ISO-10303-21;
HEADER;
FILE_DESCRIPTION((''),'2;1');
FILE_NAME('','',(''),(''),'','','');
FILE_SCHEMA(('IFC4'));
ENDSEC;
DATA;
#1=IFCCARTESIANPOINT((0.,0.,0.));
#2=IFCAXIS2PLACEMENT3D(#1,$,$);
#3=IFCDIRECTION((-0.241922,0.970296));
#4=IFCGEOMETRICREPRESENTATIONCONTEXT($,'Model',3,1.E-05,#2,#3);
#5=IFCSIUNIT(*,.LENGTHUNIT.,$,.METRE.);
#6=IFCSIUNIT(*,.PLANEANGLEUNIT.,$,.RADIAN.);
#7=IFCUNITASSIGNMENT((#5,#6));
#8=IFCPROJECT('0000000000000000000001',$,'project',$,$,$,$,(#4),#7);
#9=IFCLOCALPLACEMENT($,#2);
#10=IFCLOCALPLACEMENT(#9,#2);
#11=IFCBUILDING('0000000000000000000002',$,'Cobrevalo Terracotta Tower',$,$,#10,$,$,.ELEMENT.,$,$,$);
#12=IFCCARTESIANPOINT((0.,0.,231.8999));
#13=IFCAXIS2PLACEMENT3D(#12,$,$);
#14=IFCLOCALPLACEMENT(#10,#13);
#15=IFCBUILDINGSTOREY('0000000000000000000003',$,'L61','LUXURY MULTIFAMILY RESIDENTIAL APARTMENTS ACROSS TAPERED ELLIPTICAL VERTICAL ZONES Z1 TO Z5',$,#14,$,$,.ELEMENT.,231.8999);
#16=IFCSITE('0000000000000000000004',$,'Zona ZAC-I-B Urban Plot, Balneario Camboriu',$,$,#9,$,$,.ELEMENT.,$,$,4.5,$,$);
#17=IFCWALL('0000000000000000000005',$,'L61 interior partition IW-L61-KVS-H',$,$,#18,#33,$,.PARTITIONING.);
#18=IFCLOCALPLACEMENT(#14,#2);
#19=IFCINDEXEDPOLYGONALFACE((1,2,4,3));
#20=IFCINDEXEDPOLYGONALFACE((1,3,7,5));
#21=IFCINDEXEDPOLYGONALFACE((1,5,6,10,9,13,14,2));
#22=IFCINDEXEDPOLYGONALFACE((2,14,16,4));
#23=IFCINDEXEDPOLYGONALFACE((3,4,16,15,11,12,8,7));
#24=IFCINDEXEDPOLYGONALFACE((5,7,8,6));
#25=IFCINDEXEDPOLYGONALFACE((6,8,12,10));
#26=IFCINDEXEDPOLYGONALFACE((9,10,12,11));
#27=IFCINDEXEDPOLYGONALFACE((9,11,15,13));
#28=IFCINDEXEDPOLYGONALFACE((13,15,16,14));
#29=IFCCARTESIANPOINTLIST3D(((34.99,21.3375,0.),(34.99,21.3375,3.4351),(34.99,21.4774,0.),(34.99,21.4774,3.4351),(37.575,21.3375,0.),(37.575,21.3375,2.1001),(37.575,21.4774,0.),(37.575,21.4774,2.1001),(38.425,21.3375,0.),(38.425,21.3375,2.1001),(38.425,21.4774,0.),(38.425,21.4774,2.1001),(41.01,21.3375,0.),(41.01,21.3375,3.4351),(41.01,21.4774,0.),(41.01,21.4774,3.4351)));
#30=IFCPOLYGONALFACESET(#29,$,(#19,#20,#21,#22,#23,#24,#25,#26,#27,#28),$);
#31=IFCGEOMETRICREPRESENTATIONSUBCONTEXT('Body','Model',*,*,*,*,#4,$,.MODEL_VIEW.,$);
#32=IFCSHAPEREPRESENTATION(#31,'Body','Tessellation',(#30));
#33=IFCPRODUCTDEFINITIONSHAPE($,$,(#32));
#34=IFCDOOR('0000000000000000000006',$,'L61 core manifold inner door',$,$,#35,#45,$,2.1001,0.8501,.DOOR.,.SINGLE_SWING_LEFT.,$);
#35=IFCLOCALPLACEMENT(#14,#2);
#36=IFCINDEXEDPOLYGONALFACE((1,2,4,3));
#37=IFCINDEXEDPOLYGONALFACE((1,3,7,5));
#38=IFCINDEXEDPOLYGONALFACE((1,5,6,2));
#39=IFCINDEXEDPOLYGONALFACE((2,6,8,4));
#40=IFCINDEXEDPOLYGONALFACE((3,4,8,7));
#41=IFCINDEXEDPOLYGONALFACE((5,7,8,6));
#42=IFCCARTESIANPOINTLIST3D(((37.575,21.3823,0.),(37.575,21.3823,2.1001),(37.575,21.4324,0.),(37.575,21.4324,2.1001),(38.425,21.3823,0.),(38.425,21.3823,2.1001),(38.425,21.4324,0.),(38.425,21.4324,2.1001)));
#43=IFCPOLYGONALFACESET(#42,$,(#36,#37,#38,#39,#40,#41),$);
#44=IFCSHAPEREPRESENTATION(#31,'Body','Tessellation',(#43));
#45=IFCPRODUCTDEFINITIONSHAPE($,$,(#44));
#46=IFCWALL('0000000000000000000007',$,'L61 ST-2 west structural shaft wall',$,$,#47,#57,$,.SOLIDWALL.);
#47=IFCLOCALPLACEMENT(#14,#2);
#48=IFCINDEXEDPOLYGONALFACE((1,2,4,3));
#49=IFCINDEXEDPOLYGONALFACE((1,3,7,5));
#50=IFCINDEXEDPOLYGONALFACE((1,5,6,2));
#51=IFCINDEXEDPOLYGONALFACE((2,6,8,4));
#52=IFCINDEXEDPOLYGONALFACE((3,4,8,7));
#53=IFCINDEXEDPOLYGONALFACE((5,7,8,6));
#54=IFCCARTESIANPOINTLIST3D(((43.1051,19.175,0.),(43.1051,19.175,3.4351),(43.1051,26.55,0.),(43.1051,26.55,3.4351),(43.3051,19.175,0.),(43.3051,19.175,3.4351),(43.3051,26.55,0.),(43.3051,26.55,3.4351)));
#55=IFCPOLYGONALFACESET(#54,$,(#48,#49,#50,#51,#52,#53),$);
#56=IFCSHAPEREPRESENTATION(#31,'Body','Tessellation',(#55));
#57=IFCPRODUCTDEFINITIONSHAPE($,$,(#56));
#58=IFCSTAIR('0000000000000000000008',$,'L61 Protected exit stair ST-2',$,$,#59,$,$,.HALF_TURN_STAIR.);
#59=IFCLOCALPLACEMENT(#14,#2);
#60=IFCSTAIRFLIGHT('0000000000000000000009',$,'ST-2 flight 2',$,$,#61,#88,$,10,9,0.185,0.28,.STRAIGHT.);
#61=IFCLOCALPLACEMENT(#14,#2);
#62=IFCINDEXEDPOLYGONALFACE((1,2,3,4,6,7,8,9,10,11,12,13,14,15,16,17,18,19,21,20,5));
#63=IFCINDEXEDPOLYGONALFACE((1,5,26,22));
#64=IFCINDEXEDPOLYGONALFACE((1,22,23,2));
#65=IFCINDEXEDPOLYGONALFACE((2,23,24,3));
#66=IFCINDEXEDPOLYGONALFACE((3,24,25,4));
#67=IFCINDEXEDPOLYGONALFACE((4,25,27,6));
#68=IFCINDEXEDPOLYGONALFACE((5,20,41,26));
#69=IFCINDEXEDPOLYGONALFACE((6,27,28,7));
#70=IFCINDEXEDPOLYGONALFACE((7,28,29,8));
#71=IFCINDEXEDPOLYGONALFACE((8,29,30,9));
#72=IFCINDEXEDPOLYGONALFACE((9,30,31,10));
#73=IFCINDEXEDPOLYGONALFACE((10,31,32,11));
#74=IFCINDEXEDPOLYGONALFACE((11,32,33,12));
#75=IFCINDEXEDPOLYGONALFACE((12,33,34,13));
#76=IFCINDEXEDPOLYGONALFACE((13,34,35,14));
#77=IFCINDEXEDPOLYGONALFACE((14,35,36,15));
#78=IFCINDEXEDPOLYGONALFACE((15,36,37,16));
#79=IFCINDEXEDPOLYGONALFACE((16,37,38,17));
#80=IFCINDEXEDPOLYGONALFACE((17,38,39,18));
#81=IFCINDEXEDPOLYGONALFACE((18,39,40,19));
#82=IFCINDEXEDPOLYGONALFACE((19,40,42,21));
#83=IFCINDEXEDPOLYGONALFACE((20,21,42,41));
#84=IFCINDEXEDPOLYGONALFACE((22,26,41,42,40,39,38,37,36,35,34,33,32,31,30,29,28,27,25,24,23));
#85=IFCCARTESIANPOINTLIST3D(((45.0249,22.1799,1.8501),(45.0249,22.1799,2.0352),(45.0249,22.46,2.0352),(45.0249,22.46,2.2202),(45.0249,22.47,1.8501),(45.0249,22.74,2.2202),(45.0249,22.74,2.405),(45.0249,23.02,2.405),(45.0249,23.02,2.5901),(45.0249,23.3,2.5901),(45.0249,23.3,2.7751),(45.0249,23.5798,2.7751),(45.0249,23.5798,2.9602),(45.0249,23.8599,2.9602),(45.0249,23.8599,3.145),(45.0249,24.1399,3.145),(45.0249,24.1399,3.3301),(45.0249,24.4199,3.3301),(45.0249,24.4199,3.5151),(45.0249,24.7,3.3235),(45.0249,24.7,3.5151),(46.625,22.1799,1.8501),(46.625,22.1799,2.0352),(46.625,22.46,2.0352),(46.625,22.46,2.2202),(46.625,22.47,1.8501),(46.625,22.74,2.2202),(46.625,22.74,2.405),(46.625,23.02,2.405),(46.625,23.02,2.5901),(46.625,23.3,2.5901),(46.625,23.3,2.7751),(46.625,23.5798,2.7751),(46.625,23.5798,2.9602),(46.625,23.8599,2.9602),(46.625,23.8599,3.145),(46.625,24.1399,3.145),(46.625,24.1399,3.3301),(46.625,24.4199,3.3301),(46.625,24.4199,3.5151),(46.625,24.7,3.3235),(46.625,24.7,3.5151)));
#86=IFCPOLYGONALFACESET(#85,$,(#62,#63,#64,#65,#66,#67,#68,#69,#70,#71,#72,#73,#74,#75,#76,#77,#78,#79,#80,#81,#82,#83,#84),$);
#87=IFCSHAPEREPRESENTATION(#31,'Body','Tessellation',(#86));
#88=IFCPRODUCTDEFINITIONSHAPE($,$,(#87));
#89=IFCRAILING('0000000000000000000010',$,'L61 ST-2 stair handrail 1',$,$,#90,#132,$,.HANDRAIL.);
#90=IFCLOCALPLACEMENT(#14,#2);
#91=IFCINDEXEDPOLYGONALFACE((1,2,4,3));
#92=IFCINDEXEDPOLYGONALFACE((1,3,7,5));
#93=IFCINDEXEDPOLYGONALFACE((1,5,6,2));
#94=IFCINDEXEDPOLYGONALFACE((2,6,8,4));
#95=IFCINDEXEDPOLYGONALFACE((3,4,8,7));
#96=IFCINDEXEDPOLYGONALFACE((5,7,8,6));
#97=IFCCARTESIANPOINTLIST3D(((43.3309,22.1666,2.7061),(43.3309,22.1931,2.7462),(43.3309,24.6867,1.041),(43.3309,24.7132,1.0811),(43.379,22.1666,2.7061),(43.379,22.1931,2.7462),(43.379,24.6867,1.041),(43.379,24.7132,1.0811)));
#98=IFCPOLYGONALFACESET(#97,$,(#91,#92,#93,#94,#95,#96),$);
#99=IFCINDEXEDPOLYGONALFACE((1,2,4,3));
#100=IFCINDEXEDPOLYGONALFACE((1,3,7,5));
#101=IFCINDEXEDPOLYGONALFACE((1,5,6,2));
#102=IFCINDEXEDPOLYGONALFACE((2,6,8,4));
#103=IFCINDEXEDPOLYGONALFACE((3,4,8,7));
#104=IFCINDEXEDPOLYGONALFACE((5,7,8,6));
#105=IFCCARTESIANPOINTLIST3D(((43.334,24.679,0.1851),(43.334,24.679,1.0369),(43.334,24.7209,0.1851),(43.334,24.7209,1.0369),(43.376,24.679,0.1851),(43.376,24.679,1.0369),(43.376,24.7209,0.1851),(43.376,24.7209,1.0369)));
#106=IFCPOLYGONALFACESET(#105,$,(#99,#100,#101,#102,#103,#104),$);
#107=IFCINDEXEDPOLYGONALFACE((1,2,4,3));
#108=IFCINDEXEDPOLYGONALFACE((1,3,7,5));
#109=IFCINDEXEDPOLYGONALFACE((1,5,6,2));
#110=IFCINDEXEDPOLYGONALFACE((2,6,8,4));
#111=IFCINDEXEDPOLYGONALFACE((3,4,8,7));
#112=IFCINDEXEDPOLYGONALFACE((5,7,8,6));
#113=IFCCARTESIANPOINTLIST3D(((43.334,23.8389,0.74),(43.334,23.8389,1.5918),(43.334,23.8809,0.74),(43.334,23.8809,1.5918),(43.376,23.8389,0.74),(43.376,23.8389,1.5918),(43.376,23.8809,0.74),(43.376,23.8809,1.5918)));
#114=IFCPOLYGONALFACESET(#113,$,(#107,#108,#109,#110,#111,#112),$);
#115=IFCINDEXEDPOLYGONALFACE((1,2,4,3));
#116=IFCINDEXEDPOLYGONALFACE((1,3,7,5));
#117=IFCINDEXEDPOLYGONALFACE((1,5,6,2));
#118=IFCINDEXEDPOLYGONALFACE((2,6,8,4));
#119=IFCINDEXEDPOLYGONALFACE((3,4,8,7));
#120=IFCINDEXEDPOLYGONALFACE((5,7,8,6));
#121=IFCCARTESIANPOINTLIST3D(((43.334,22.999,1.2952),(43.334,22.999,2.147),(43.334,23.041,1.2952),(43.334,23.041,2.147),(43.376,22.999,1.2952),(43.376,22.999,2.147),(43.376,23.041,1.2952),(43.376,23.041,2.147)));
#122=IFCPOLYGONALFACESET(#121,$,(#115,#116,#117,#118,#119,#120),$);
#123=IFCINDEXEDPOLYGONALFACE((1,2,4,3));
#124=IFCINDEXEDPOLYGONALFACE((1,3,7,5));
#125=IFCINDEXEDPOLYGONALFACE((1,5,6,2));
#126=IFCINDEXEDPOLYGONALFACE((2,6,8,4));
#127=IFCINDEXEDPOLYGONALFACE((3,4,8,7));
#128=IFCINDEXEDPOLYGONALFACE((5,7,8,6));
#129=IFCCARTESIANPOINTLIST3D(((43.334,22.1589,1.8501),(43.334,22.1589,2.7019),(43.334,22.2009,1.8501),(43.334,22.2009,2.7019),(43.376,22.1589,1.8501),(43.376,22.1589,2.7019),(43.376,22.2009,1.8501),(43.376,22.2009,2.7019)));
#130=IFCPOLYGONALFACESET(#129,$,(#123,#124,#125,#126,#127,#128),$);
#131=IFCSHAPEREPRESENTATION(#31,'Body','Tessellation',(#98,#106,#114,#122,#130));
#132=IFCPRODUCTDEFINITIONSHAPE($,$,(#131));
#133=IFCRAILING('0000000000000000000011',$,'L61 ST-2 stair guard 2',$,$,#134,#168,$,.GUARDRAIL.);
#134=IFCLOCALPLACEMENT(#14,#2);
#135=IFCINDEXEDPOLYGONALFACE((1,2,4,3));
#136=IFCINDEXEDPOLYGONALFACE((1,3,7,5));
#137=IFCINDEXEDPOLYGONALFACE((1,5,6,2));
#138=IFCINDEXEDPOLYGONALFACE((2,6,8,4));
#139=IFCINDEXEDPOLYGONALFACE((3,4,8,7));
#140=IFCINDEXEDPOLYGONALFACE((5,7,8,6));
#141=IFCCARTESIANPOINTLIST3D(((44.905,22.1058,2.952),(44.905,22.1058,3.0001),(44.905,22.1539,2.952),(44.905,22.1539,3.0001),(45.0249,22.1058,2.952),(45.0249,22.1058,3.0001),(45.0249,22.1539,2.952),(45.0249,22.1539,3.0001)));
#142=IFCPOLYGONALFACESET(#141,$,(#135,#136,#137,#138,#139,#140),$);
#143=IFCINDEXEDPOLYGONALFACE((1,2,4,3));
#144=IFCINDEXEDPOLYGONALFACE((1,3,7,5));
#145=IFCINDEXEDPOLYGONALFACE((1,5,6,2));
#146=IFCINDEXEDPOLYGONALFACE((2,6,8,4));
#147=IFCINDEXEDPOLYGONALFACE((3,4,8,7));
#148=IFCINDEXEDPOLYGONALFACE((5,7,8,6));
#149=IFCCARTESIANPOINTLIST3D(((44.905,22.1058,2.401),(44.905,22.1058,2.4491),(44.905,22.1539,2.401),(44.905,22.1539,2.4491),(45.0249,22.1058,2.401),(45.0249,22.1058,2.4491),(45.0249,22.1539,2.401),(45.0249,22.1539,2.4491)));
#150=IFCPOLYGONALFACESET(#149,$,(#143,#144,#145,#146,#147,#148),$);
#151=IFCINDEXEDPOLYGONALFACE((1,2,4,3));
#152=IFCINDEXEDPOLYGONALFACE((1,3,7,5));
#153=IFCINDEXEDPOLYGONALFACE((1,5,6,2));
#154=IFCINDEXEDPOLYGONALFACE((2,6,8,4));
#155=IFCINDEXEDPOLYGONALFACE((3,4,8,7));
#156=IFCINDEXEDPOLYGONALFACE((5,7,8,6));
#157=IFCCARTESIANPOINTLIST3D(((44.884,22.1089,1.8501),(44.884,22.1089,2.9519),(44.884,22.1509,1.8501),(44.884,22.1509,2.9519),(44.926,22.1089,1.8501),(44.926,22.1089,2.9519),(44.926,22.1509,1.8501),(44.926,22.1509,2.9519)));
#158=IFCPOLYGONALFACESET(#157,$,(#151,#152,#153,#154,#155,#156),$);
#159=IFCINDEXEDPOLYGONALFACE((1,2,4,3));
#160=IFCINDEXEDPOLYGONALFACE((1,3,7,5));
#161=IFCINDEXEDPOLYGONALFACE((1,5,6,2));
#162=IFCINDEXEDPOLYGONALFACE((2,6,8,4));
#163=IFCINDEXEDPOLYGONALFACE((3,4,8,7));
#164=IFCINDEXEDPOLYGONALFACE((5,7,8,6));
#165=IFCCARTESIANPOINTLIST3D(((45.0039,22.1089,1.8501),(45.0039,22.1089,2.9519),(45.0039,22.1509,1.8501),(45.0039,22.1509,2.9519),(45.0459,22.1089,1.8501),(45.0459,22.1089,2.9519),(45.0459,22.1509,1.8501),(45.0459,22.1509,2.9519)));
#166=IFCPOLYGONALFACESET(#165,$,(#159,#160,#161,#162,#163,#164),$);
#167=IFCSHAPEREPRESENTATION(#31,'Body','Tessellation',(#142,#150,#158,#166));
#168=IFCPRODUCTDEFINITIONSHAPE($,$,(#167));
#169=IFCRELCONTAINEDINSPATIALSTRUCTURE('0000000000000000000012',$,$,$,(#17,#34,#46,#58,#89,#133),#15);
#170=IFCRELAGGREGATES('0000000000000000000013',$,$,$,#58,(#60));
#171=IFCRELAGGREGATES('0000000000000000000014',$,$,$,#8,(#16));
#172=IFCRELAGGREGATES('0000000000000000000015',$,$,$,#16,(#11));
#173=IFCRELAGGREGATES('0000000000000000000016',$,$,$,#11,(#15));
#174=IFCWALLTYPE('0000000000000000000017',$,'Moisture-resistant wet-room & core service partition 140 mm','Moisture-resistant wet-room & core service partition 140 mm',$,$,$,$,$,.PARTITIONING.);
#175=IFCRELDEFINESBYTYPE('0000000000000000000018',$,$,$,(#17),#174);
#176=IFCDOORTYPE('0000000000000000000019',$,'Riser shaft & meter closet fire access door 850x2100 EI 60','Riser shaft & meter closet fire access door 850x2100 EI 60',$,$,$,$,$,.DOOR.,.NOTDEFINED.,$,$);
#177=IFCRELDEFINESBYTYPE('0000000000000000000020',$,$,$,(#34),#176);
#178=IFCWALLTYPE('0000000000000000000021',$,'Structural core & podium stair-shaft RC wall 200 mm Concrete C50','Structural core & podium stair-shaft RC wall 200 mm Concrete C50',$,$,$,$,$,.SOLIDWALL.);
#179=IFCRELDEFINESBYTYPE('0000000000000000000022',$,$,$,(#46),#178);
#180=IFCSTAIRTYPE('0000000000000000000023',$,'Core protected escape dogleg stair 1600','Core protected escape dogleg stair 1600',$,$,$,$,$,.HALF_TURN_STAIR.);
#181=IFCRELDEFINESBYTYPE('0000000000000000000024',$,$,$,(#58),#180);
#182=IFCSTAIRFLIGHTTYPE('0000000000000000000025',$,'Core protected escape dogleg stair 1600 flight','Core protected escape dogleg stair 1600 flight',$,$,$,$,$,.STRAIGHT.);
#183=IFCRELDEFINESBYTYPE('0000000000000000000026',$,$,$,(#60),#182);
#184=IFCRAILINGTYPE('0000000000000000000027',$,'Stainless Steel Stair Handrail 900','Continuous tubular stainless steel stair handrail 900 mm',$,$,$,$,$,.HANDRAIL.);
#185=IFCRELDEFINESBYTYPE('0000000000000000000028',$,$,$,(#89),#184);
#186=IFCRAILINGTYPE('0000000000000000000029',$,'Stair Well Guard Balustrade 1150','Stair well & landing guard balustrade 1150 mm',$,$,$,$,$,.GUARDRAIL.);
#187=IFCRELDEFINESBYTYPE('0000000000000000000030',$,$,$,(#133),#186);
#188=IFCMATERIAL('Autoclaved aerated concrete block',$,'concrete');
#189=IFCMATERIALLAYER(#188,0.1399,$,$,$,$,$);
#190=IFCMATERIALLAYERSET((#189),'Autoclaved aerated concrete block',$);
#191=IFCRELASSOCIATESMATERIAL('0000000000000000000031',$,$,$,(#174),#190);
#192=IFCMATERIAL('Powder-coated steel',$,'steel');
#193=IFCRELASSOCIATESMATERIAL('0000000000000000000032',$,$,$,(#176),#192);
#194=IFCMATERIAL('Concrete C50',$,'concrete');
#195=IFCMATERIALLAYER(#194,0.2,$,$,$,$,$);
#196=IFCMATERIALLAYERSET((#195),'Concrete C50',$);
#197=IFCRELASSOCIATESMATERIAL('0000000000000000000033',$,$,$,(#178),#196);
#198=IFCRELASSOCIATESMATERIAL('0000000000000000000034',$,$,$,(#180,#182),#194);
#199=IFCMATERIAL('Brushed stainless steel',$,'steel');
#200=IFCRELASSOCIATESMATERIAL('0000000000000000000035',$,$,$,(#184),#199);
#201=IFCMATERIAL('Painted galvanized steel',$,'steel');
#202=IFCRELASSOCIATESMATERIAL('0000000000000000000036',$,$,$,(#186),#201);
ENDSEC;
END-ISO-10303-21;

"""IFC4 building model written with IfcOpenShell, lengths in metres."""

from ifc_helpers import new_model, si_unit, direction, frame, frame_2d, origin, origin_2d, place, context, subcontext, project, spatial, polyline, rectangle, outline, extrude, source, transform, mapped, material, layer, layer_set, type_object, element, fill, aggregate, save


model = new_model("IFC4")

# Units and contexts
model_context = context("Model", 3, precision=1e-05, world=origin(), true_north=direction((-0.241922, 0.970296)))
body_context = subcontext(model_context, "Body", "Model", "MODEL_VIEW")
ifc_project = project(units=[si_unit("LENGTHUNIT", "METRE"), si_unit("PLANEANGLEUNIT", "RADIAN")], contexts=[model_context])

# Site, building, storey
site_placement = place(None, origin())
site = spatial("IfcSite", under=ifc_project, at=site_placement, Name="Zona ZAC-I-B Urban Plot, Balneario Camboriu", CompositionType="ELEMENT", RefElevation=4.5)
building_placement = place(site_placement, origin())
building = spatial("IfcBuilding", under=site, at=building_placement, Name="Cobrevalo Terracotta Tower", CompositionType="ELEMENT")
storey_placement = place(building_placement, frame((0.0, 0.0, 231.8999)))
storey = spatial("IfcBuildingStorey", under=building, at=storey_placement, Name="L61", Description="LUXURY MULTIFAMILY RESIDENTIAL APARTMENTS ACROSS TAPERED ELLIPTICAL VERTICAL ZONES Z1 TO Z5", CompositionType="ELEMENT", Elevation=231.8999)

# Shared definitions
ifc_material_1 = material(Name="Autoclaved aerated concrete block", Category="concrete")

# Shared definitions
ifc_material_2 = material(Name="Concrete C50", Category="concrete")

# Shared definitions
ifc_layer_1 = layer(ifc_material_1, 0.1399)
ifc_layer_set_1 = layer_set([ifc_layer_1], Name="Autoclaved aerated concrete block")
wall_type_1 = type_object("IfcWallType", Name="Moisture-resistant wet-room & core service partition 140 mm", Description="Moisture-resistant wet-room & core service partition 140 mm", PredefinedType="PARTITIONING", material=ifc_layer_set_1)

# Wall, opening, door
wall_1_placement = place(storey_placement, frame((34.99, 21.4075, 0.0), z_axis=(0.0, 0.0, 1.0), x_axis=(1.0, 0.0, 0.0)))
wall_1 = element("IfcWall", 1, at=wall_1_placement, inside=storey, type_object=wall_type_1, Name="L61 interior partition IW-L61-KVS-H", PredefinedType="PARTITIONING", context=body_context, shape_type="SweptSolid", body=[
    extrude(rectangle(XDim=6.02, YDim=0.1399, at=frame_2d((3.01, 0.0))), origin(), (0.0, 0.0, 1.0), 3.4351),
])
opening_1_placement = place(wall_1_placement, frame((2.585, 0.0, 0.0)))
opening_1 = element("IfcOpeningElement", 2, at=opening_1_placement, cuts=wall_1, PredefinedType="OPENING", context=body_context, shape_type="SweptSolid", body=[
    extrude(rectangle(XDim=0.8501, YDim=2.1001, at=frame_2d((0.425, 1.05))), frame((0.0, 0.0801, 0.0), z_axis=(0.0, -1.0, 0.0), x_axis=(1.0, 0.0, 0.0)), (0.0, 0.0, 1.0), 0.1599),
])
ifc_material_3 = material(Name="Powder-coated steel", Category="steel")
door_type_1 = type_object("IfcDoorType", Name="Riser shaft & meter closet fire access door 850x2100 EI 60", Description="Riser shaft & meter closet fire access door 850x2100 EI 60", OperationType="NOTDEFINED", PredefinedType="DOOR", material=ifc_material_3)
shared_shape_1 = source(origin(), body_context, "Body", "SweptSolid", [
    extrude(rectangle(XDim=0.8501, YDim=2.1001, at=frame_2d((0.425, 1.05))), frame((0.0, 0.0249, 0.0), z_axis=(0.0, -1.0, 0.0), x_axis=(1.0, 0.0, 0.0)), (0.0, 0.0, 1.0), 0.05),
])
door_1_placement = place(opening_1_placement, origin())
door_1 = element("IfcDoor", 3, at=door_1_placement, inside=storey, type_object=door_type_1, Name="L61 core manifold inner door", OperationType="SINGLE_SWING_LEFT", OverallHeight=2.1001, OverallWidth=0.8501, PredefinedType="DOOR", context=body_context, shape_type="MappedRepresentation", body=[
    mapped(shared_shape_1, transform((0.0, 0.0, 0.0), scale=1.0)),
])
fill(opening_1, door_1)

# Wall
ifc_layer_2 = layer(ifc_material_2, 0.2)
ifc_layer_set_2 = layer_set([ifc_layer_2], Name="Concrete C50")
wall_type_2 = type_object("IfcWallType", Name="Structural core & podium stair-shaft RC wall 200 mm Concrete C50", Description="Structural core & podium stair-shaft RC wall 200 mm Concrete C50", PredefinedType="SOLIDWALL", material=ifc_layer_set_2)
wall_2_placement = place(storey_placement, frame((43.2051, 19.175, 0.0), z_axis=(0.0, 0.0, 1.0), x_axis=(0.0, 1.0, 0.0)))
element("IfcWall", 4, at=wall_2_placement, inside=storey, type_object=wall_type_2, Name="L61 ST-2 west structural shaft wall", PredefinedType="SOLIDWALL", context=body_context, shape_type="SweptSolid", body=[
    extrude(rectangle(XDim=7.375, YDim=0.2, at=frame_2d((3.6875, 0.0))), origin(), (0.0, 0.0, 1.0), 3.4351),
])

# Stair, stair flight
stair_type = type_object("IfcStairType", Name="Core protected escape dogleg stair 1600", Description="Core protected escape dogleg stair 1600", PredefinedType="HALF_TURN_STAIR", material=ifc_material_2)
stair_placement = place(storey_placement, origin())
stair = element("IfcStair", 5, at=stair_placement, inside=storey, type_object=stair_type, Name="L61 Protected exit stair ST-2", PredefinedType="HALF_TURN_STAIR")
stair_flight_type = type_object("IfcStairFlightType", Name="Core protected escape dogleg stair 1600 flight", Description="Core protected escape dogleg stair 1600 flight", PredefinedType="STRAIGHT", material=ifc_material_2)
stair_flight_placement = place(storey_placement, frame((45.825, 22.1799, 1.8501), z_axis=(0.0, 0.0, 1.0), x_axis=(0.0, 1.0, 0.0)))
stair_flight = element("IfcStairFlight", 6, at=stair_flight_placement, type_object=stair_flight_type, Name="ST-2 flight 2", NumberOfRisers=10, NumberOfTreads=9, PredefinedType="STRAIGHT", RiserHeight=0.185, TreadLength=0.28, context=body_context, shape_type="SweptSolid", body=[
    extrude(outline(polyline([(0.0, 0.0), (0.0, 0.1851), (0.28, 0.1851), (0.28, 0.3701), (0.5601, 0.3701), (0.5601, 0.5549), (0.8401, 0.5549), (0.8401, 0.74), (1.1201, 0.74), (1.1201, 0.925), (1.3999, 0.925), (1.3999, 1.1101), (1.6799, 1.1101), (1.6799, 1.2949), (1.96, 1.2949), (1.96, 1.48), (2.24, 1.48), (2.24, 1.665), (2.52, 1.665), (2.52, 1.8501), (2.52, 1.4734), (0.29, 0.0), (0.0, 0.0)])), frame((0.0, 0.8, 0.0), z_axis=(0.0, -1.0, 0.0), x_axis=(1.0, 0.0, 0.0)), (0.0, 0.0, 1.0), 1.6001),
])
aggregate(stair, [stair_flight])

# Railings
ifc_material_4 = material(Name="Brushed stainless steel", Category="steel")
railing_type_1 = type_object("IfcRailingType", Name="Stainless Steel Stair Handrail 900", Description="Continuous tubular stainless steel stair handrail 900 mm", PredefinedType="HANDRAIL", material=ifc_material_4)
railing_1_placement = place(storey_placement, frame((43.355, 24.7, 0.1851)))
element("IfcRailing", 7, at=railing_1_placement, inside=storey, type_object=railing_type_1, Name="L61 ST-2 stair handrail 1", PredefinedType="HANDRAIL", context=body_context, shape_type="SweptSolid", body=[
    extrude(rectangle(XDim=0.0481, YDim=0.0481, at=origin_2d()), frame((0.0, 0.0, 0.876), z_axis=(0.0, -0.834331, 0.551263), x_axis=(1.0, 0.0, 0.0)), (0.0, 0.0, 1.0), 3.0205),
    extrude(rectangle(XDim=0.042, YDim=0.042, at=origin_2d()), origin(), (0.0, 0.0, 1.0), 0.8518),
    extrude(rectangle(XDim=0.042, YDim=0.042, at=origin_2d()), frame((0.0, -0.8401, 0.5549)), (0.0, 0.0, 1.0), 0.8518),
    extrude(rectangle(XDim=0.042, YDim=0.042, at=origin_2d()), frame((0.0, -1.6799, 1.1101)), (0.0, 0.0, 1.0), 0.8518),
    extrude(rectangle(XDim=0.042, YDim=0.042, at=origin_2d()), frame((0.0, -2.52, 1.665)), (0.0, 0.0, 1.0), 0.8518),
])
ifc_material_5 = material(Name="Painted galvanized steel", Category="steel")
railing_type_2 = type_object("IfcRailingType", Name="Stair Well Guard Balustrade 1150", Description="Stair well & landing guard balustrade 1150 mm", PredefinedType="GUARDRAIL", material=ifc_material_5)
railing_2_placement = place(storey_placement, frame((44.905, 22.1299, 1.8501)))
element("IfcRailing", 8, at=railing_2_placement, inside=storey, type_object=railing_type_2, Name="L61 ST-2 stair guard 2", PredefinedType="GUARDRAIL", context=body_context, shape_type="SweptSolid", body=[
    extrude(rectangle(XDim=0.0481, YDim=0.0481, at=origin_2d()), frame((0.0, 0.0, 1.126), z_axis=(1.0, 0.0, 0.0), x_axis=(0.0, 1.0, 0.0)), (0.0, 0.0, 1.0), 0.1199),
    extrude(rectangle(XDim=0.0481, YDim=0.0481, at=origin_2d()), frame((0.0, 0.0, 0.575), z_axis=(1.0, 0.0, 0.0), x_axis=(0.0, 1.0, 0.0)), (0.0, 0.0, 1.0), 0.1199),
    extrude(rectangle(XDim=0.042, YDim=0.042, at=origin_2d()), origin(), (0.0, 0.0, 1.0), 1.1018),
    extrude(rectangle(XDim=0.042, YDim=0.042, at=origin_2d()), frame((0.1199, 0.0, 0.0)), (0.0, 0.0, 1.0), 1.1018),
])

save(model, "model.ifc")
